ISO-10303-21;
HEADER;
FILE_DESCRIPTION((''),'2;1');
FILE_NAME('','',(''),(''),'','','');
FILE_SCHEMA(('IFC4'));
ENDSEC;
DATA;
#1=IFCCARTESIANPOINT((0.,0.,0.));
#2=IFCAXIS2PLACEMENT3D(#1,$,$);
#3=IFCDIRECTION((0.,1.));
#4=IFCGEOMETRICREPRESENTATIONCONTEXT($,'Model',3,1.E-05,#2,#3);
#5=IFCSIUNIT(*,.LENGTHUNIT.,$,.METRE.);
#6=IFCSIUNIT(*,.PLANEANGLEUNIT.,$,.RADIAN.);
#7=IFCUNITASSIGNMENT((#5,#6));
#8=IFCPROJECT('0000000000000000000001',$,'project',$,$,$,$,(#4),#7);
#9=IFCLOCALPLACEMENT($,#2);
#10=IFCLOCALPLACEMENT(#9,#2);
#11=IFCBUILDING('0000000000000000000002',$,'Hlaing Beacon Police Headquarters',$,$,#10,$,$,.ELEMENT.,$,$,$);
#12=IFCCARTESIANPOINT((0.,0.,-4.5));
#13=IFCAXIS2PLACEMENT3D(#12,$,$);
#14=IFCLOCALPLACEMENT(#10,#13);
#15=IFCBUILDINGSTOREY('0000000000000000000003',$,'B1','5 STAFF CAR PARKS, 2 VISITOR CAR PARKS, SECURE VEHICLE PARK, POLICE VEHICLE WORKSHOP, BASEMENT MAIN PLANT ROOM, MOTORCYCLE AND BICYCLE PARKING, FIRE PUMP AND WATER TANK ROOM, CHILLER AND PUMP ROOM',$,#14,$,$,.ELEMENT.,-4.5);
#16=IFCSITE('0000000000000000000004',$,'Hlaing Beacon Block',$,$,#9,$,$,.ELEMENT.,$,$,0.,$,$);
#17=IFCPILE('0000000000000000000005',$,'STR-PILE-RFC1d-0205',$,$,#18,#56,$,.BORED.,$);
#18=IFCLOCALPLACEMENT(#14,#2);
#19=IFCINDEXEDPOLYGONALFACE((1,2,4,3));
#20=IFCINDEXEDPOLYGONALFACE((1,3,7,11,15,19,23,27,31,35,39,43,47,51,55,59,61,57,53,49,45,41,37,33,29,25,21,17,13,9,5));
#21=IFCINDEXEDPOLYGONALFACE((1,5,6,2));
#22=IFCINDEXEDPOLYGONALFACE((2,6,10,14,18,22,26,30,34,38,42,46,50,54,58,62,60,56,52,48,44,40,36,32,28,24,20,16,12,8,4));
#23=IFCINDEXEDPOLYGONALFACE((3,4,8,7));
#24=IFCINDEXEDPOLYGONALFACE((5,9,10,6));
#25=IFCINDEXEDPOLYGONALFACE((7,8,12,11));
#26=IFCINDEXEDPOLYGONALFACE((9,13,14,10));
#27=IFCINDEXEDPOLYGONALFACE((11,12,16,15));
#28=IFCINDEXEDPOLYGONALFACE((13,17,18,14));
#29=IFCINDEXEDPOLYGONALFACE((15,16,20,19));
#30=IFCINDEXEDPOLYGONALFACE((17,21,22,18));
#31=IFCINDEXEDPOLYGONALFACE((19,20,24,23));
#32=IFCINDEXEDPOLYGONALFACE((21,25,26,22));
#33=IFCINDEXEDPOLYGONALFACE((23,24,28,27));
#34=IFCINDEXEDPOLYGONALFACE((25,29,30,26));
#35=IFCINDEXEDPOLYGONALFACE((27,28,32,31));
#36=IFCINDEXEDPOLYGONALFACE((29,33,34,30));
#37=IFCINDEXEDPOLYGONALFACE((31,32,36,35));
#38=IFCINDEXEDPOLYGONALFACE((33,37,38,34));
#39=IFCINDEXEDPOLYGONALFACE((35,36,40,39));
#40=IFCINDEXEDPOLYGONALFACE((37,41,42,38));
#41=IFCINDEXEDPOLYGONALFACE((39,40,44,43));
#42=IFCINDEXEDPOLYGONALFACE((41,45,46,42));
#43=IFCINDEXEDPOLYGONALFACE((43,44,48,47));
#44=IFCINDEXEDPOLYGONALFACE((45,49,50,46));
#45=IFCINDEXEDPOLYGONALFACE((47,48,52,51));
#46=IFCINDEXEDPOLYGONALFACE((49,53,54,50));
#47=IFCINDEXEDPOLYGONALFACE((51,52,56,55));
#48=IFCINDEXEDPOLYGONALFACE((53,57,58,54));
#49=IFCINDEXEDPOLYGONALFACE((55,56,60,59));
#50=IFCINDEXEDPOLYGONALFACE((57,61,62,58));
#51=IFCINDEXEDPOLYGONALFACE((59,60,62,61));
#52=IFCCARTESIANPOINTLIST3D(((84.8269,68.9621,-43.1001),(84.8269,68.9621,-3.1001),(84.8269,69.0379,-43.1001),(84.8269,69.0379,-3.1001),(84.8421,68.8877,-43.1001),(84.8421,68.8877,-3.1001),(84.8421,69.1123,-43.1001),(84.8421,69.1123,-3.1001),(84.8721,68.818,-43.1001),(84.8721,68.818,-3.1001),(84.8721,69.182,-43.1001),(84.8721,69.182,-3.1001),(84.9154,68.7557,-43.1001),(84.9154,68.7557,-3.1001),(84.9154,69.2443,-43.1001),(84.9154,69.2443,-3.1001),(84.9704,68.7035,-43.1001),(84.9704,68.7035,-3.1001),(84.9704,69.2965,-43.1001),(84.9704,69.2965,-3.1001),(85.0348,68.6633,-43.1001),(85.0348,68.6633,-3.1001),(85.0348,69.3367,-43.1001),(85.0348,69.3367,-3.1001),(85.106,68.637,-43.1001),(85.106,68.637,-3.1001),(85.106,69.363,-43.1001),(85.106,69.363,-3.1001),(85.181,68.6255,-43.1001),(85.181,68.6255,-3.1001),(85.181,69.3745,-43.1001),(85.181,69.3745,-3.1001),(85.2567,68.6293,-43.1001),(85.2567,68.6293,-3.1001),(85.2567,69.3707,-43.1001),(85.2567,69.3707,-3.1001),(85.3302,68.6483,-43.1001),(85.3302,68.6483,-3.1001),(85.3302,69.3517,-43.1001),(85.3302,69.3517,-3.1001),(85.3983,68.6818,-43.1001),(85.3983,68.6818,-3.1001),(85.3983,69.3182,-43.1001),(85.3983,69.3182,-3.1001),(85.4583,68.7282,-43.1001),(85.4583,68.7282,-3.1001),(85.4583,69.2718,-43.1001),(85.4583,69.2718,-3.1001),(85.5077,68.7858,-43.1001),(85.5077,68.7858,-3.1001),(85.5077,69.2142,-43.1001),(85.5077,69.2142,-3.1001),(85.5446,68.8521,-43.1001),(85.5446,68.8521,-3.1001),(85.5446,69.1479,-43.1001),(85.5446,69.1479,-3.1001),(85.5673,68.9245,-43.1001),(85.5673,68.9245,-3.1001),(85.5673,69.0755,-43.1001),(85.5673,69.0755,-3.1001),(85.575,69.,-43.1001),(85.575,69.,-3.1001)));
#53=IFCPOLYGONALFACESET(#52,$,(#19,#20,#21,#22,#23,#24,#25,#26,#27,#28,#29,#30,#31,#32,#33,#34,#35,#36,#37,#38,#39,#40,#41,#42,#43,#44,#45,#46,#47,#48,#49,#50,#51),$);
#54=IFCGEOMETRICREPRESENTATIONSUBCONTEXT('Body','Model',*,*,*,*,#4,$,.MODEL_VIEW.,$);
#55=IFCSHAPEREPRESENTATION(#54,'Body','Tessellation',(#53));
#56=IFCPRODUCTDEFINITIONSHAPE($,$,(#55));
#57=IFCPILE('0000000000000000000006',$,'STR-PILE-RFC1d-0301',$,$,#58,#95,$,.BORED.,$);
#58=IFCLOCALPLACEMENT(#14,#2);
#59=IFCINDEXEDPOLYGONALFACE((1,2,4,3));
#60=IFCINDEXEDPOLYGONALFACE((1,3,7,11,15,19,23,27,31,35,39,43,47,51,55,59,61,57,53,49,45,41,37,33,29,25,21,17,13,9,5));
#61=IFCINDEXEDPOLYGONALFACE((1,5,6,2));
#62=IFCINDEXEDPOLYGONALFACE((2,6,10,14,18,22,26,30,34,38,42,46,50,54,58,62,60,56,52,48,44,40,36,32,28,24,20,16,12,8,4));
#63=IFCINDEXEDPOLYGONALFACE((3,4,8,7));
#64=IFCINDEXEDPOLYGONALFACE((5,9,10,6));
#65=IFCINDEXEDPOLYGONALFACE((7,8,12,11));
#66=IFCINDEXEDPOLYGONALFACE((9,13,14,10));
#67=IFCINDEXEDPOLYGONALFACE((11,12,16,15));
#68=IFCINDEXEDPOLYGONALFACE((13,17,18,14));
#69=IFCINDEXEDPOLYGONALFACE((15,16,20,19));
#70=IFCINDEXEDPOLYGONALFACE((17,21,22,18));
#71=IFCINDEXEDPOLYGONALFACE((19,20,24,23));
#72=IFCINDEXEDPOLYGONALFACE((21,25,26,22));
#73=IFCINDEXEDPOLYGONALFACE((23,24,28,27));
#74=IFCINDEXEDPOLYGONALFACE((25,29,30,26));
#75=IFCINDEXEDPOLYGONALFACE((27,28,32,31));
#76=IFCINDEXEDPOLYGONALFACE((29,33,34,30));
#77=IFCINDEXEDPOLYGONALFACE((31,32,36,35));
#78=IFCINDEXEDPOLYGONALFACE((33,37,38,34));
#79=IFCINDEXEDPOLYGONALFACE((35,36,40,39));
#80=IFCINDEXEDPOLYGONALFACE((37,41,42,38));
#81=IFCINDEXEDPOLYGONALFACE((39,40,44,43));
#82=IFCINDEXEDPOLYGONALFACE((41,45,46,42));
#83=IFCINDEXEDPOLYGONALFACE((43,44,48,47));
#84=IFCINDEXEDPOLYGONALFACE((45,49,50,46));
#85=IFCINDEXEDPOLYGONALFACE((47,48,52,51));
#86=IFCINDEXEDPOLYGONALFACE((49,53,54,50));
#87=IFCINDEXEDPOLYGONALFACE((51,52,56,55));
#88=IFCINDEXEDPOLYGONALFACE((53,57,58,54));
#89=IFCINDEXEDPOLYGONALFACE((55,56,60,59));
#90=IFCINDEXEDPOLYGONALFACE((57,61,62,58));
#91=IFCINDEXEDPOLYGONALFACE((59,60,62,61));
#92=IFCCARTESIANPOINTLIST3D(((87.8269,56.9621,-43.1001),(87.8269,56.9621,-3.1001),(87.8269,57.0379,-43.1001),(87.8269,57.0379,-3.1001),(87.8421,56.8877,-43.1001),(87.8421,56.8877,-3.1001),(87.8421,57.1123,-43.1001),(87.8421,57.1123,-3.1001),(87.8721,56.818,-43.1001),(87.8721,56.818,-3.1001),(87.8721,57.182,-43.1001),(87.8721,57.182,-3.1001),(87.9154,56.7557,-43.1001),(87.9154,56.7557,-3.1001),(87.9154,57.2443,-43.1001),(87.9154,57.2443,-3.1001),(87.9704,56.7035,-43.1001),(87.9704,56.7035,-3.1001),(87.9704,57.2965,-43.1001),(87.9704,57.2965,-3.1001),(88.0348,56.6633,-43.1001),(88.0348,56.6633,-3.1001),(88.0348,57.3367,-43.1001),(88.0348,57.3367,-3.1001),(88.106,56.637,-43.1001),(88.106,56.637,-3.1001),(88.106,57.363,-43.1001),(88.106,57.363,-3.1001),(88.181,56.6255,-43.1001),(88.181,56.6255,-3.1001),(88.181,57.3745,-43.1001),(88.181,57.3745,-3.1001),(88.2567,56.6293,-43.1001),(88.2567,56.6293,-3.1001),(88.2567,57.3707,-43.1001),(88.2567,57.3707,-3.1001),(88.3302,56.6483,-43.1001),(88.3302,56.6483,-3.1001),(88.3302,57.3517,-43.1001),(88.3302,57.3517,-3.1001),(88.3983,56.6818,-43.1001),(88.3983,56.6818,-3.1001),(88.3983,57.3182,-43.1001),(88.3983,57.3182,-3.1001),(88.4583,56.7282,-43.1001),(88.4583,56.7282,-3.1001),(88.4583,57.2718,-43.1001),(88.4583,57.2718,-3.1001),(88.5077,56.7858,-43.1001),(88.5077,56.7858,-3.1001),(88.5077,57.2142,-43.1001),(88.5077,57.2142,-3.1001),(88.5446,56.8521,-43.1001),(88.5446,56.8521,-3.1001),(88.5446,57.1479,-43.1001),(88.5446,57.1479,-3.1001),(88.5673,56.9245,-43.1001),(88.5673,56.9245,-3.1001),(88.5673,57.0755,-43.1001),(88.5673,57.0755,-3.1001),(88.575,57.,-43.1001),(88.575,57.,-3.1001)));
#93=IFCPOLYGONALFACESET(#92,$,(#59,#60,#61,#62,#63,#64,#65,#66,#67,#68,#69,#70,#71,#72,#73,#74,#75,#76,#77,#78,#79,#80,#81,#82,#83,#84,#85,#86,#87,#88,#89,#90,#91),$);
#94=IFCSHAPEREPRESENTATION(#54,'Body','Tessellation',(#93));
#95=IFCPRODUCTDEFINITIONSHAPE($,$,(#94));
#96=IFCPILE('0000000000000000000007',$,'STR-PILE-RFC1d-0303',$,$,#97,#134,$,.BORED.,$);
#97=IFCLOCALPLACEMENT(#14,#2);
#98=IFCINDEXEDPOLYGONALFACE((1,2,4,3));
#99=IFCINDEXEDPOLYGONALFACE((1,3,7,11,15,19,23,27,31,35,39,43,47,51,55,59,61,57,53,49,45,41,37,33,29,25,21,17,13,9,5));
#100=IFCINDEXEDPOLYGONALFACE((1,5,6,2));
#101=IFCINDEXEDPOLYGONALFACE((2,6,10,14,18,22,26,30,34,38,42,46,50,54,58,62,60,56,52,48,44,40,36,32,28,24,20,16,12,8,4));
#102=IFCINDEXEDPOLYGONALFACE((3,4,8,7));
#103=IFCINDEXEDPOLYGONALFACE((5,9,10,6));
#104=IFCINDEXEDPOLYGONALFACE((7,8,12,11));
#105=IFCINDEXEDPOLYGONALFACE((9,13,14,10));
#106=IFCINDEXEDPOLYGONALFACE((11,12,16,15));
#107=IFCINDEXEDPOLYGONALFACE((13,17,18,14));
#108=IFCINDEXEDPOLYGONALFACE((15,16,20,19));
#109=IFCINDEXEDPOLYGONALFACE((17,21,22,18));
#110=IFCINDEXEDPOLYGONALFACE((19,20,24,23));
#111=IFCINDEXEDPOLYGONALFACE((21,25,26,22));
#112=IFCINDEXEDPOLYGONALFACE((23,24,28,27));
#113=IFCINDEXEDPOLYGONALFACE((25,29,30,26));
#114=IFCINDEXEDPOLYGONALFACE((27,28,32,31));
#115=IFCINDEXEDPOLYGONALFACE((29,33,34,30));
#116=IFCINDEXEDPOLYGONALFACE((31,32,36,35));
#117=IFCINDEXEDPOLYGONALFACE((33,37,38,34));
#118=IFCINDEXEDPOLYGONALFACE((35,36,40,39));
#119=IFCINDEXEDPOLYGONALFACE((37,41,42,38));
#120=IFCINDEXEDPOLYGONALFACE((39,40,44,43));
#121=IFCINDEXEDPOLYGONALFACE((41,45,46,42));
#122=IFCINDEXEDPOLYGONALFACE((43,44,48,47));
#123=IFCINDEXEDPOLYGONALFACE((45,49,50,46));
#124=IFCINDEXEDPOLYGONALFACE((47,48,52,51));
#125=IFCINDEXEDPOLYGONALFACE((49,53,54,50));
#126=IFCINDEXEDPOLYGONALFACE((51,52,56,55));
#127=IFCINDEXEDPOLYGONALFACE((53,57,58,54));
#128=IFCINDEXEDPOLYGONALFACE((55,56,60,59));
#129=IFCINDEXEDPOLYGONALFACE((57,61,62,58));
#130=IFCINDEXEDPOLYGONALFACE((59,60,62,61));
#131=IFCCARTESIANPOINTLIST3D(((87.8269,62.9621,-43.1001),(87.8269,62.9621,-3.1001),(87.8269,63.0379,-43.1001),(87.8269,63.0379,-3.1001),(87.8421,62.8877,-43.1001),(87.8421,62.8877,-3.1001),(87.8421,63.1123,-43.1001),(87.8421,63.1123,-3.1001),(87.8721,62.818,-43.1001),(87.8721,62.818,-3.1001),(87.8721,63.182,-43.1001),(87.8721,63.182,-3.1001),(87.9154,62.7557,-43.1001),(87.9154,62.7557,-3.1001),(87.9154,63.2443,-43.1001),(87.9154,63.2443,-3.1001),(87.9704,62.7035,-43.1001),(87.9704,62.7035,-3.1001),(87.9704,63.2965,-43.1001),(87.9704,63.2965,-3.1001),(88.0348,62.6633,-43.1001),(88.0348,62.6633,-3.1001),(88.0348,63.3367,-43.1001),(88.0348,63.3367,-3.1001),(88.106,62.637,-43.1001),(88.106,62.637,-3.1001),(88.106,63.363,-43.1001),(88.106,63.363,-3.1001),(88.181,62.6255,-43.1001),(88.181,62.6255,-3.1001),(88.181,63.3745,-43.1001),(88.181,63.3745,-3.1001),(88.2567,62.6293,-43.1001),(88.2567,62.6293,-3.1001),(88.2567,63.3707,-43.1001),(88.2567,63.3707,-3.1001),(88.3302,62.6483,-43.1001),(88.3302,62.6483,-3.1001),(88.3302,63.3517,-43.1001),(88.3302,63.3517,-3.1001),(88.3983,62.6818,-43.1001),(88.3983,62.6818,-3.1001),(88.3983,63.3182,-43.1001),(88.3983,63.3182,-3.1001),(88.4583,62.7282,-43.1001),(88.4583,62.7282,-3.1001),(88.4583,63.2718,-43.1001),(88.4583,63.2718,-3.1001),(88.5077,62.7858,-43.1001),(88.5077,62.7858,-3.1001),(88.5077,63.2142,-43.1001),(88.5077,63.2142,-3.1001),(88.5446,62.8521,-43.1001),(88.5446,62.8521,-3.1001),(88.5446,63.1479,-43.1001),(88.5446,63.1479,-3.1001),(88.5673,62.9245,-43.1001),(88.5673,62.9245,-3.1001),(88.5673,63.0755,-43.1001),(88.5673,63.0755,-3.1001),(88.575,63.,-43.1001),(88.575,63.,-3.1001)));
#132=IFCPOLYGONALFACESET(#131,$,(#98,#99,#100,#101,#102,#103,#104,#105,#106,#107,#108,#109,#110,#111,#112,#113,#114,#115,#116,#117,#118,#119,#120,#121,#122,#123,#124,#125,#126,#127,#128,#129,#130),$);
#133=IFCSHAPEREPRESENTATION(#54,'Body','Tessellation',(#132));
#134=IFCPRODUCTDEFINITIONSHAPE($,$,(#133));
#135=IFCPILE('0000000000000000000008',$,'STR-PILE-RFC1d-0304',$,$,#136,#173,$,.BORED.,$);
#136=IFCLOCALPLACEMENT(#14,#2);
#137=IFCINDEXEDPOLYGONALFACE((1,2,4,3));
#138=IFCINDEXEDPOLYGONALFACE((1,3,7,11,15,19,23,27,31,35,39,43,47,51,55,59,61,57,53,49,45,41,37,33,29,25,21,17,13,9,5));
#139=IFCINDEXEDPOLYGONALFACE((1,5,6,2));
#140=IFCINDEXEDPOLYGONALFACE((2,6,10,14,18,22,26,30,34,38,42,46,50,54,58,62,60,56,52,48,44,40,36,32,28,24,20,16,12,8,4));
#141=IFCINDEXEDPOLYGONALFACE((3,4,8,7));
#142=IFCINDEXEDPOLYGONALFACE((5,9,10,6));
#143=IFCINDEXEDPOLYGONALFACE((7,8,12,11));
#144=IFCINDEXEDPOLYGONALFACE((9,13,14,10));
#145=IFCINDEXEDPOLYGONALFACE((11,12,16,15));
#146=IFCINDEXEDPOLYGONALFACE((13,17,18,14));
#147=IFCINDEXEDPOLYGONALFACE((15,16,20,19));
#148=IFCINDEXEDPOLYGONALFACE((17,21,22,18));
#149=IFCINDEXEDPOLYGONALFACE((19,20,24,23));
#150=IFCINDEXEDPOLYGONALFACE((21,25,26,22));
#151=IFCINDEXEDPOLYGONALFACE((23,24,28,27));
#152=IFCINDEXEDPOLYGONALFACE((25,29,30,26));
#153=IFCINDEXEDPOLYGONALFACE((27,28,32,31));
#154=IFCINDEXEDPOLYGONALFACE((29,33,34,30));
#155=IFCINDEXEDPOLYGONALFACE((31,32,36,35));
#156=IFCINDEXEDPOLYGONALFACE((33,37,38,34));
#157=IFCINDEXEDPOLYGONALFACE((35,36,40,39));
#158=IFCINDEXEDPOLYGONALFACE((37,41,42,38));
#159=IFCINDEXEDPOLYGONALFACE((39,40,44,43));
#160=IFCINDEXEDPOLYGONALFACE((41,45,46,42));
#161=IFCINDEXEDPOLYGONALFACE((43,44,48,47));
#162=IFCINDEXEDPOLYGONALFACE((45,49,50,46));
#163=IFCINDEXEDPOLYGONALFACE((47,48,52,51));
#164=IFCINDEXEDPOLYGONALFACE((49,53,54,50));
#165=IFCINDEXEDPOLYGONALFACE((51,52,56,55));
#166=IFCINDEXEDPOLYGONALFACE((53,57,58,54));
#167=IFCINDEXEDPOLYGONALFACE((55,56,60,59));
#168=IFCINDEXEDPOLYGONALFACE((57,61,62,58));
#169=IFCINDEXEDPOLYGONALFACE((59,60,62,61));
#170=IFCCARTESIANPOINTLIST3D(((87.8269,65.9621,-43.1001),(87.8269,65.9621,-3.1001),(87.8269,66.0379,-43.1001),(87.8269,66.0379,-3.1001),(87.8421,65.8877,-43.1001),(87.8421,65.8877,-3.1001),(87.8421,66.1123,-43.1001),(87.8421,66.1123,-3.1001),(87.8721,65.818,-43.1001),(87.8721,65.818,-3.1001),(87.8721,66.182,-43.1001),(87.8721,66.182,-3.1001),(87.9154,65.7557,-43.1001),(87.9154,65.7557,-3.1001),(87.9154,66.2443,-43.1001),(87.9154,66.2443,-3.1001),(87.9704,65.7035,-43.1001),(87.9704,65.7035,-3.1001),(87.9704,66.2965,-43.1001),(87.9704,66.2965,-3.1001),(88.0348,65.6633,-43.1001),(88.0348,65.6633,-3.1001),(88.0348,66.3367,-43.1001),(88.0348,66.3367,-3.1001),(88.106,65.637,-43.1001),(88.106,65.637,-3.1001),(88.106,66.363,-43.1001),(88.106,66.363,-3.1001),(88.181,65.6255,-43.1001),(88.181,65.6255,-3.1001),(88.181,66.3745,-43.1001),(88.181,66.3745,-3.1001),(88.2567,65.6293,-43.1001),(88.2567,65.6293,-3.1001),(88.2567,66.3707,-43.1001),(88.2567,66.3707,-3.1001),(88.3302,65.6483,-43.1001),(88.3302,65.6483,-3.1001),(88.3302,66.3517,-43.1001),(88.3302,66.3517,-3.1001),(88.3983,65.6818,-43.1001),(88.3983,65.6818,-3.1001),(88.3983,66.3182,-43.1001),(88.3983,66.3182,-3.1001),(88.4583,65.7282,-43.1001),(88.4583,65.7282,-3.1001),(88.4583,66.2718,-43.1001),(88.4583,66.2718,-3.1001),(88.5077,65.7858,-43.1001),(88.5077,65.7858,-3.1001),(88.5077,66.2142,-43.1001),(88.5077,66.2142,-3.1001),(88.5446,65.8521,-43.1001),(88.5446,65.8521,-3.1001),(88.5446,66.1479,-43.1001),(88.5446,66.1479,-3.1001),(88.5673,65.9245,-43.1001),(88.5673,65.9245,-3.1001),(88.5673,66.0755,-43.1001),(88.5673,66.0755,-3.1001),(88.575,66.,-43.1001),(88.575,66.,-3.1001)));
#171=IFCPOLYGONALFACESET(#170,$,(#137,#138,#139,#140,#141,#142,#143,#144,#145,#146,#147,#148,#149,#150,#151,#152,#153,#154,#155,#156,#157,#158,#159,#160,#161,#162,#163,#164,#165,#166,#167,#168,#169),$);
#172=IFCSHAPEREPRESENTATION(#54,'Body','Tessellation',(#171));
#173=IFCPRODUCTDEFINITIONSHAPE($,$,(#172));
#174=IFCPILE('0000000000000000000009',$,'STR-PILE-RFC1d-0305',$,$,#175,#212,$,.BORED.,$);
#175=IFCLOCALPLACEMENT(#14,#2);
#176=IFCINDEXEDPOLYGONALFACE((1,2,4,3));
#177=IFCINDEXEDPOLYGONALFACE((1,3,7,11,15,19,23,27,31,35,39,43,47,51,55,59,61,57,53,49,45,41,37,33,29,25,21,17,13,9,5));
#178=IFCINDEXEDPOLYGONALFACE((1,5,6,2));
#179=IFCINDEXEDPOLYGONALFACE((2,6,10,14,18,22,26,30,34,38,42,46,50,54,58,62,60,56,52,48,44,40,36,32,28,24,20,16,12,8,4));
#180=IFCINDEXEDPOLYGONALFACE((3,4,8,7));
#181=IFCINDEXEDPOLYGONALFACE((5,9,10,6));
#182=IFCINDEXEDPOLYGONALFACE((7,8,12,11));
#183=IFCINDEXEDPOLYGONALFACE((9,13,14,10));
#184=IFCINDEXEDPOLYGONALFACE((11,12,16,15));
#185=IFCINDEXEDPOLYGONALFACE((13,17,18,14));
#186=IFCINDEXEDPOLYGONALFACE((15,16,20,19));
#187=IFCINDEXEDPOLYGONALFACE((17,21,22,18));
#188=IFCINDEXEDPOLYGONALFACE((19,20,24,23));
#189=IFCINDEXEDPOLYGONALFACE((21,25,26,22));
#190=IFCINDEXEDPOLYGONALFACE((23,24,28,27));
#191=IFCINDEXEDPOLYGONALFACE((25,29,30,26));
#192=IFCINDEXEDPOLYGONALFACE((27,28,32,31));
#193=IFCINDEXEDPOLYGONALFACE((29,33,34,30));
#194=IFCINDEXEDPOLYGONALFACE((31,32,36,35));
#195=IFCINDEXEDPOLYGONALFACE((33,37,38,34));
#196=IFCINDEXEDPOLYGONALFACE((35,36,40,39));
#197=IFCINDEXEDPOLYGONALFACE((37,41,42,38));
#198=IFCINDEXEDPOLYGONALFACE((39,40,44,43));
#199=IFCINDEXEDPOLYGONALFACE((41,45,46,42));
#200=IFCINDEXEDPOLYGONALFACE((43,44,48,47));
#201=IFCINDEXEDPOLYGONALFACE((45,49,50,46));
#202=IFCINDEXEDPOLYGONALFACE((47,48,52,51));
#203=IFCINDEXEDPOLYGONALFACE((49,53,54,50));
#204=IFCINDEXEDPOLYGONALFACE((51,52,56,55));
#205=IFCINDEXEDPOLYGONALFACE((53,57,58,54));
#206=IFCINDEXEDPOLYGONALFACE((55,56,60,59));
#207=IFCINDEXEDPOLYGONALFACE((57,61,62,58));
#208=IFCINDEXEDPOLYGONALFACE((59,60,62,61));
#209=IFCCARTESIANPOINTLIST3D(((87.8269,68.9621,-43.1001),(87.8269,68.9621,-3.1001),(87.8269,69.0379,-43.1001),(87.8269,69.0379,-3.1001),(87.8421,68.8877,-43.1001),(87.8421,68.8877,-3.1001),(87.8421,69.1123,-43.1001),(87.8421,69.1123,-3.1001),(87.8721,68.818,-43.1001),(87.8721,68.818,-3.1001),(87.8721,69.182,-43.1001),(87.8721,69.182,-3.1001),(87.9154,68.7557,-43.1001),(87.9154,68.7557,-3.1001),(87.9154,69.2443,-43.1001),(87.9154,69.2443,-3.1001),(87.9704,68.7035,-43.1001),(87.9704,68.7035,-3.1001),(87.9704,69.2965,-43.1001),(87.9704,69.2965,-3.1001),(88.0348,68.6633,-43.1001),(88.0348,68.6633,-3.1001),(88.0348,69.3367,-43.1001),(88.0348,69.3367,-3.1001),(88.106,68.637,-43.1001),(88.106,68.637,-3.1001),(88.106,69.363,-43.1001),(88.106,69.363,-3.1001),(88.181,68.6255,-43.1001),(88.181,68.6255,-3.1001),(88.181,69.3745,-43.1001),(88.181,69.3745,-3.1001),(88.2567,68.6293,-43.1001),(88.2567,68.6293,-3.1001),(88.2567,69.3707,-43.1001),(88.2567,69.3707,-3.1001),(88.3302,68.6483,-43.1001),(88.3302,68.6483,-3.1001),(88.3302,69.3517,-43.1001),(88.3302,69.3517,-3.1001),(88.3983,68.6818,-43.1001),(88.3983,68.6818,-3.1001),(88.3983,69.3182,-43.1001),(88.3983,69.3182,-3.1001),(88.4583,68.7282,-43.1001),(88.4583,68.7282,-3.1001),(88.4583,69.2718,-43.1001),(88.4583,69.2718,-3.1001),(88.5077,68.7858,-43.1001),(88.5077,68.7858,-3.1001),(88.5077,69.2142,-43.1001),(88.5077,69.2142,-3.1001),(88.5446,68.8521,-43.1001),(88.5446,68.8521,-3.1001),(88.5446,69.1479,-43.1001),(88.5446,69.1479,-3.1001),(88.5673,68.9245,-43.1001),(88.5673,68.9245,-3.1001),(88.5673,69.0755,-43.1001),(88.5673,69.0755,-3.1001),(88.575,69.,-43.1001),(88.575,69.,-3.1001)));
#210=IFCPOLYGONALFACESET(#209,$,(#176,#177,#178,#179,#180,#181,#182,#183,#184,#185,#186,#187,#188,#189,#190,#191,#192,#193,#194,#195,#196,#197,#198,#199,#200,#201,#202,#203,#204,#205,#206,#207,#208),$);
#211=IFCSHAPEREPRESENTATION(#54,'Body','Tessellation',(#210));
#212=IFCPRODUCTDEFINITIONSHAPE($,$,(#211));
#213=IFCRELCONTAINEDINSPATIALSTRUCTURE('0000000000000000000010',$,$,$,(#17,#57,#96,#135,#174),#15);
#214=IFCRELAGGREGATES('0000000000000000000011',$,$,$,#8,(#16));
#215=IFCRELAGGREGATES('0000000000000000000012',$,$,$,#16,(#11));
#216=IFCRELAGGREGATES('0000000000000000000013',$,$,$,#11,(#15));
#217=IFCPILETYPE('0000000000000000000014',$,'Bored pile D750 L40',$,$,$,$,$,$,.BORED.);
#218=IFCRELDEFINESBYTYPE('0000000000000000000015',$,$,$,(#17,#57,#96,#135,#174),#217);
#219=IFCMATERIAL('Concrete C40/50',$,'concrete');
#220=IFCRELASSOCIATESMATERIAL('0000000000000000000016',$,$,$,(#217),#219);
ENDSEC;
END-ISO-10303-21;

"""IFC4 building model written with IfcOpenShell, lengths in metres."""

from ifc_helpers import new_model, si_unit, direction, frame, origin, origin_2d, place, context, subcontext, project, spatial, circle, extrude, material, material_profile, profile_set, type_object, element, save


model = new_model("IFC4")

# Units and contexts
model_context = context("Model", 3, precision=1e-05, world=origin(), true_north=direction((0.0, 1.0)))
body_context = subcontext(model_context, "Body", "Model", "MODEL_VIEW")
ifc_project = project(units=[si_unit("LENGTHUNIT", "METRE"), si_unit("PLANEANGLEUNIT", "RADIAN")], contexts=[model_context])

# Site, building, storey
site_placement = place(None, origin())
site = spatial("IfcSite", under=ifc_project, at=site_placement, Name="Hlaing Beacon Block", CompositionType="ELEMENT", RefElevation=0.0)
building_placement = place(site_placement, origin())
building = spatial("IfcBuilding", under=site, at=building_placement, Name="Hlaing Beacon Police Headquarters", CompositionType="ELEMENT")
storey_placement = place(building_placement, frame((0.0, 0.0, -4.5)))
storey = spatial("IfcBuildingStorey", under=building, at=storey_placement, Name="B1", Description="5 STAFF CAR PARKS, 2 VISITOR CAR PARKS, SECURE VEHICLE PARK, POLICE VEHICLE WORKSHOP, BASEMENT MAIN PLANT ROOM, MOTORCYCLE AND BICYCLE PARKING, FIRE PUMP AND WATER TANK ROOM, CHILLER AND PUMP ROOM", CompositionType="ELEMENT", Elevation=-4.5)

# Piles
ifc_material_1 = material(Name="Concrete C40/50", Category="concrete")
ifc_material_profile_1 = material_profile(ifc_material_1, circle(Radius=0.375, at=origin_2d()), Name="D750")
ifc_profile_set_1 = profile_set([ifc_material_profile_1], Name="Concrete C40/50")
pile_type_1 = type_object("IfcPileType", Name="Bored pile D750 L40", PredefinedType="BORED", material=ifc_profile_set_1)
for number, where, z_axis, x_axis, name in (
    (1, (85.2, 69.0, -3.1001), (0.0, 0.0, -1.0), (1.0, 0.0, 0.0), "STR-PILE-RFC1d-0205"),
    (2, (88.2, 57.0, -3.1001), (0.0, 0.0, -1.0), (1.0, 0.0, 0.0), "STR-PILE-RFC1d-0301"),
    (3, (88.2, 63.0, -3.1001), (0.0, 0.0, -1.0), (1.0, 0.0, 0.0), "STR-PILE-RFC1d-0303"),
    (4, (88.2, 66.0, -3.1001), (0.0, 0.0, -1.0), (1.0, 0.0, 0.0), "STR-PILE-RFC1d-0304"),
    (5, (88.2, 69.0, -3.1001), (0.0, 0.0, -1.0), (1.0, 0.0, 0.0), "STR-PILE-RFC1d-0305"),
):
    element("IfcPile", number, at=place(storey_placement, frame(where, z_axis=z_axis, x_axis=x_axis)), inside=storey, type_object=pile_type_1, Name=name, PredefinedType="BORED", context=body_context, shape_type="SweptSolid", body=[
        extrude(circle(Radius=0.375, at=origin_2d()), origin(), (0.0, 0.0, 1.0), 40.0),
    ])

save(model, "model.ifc")
